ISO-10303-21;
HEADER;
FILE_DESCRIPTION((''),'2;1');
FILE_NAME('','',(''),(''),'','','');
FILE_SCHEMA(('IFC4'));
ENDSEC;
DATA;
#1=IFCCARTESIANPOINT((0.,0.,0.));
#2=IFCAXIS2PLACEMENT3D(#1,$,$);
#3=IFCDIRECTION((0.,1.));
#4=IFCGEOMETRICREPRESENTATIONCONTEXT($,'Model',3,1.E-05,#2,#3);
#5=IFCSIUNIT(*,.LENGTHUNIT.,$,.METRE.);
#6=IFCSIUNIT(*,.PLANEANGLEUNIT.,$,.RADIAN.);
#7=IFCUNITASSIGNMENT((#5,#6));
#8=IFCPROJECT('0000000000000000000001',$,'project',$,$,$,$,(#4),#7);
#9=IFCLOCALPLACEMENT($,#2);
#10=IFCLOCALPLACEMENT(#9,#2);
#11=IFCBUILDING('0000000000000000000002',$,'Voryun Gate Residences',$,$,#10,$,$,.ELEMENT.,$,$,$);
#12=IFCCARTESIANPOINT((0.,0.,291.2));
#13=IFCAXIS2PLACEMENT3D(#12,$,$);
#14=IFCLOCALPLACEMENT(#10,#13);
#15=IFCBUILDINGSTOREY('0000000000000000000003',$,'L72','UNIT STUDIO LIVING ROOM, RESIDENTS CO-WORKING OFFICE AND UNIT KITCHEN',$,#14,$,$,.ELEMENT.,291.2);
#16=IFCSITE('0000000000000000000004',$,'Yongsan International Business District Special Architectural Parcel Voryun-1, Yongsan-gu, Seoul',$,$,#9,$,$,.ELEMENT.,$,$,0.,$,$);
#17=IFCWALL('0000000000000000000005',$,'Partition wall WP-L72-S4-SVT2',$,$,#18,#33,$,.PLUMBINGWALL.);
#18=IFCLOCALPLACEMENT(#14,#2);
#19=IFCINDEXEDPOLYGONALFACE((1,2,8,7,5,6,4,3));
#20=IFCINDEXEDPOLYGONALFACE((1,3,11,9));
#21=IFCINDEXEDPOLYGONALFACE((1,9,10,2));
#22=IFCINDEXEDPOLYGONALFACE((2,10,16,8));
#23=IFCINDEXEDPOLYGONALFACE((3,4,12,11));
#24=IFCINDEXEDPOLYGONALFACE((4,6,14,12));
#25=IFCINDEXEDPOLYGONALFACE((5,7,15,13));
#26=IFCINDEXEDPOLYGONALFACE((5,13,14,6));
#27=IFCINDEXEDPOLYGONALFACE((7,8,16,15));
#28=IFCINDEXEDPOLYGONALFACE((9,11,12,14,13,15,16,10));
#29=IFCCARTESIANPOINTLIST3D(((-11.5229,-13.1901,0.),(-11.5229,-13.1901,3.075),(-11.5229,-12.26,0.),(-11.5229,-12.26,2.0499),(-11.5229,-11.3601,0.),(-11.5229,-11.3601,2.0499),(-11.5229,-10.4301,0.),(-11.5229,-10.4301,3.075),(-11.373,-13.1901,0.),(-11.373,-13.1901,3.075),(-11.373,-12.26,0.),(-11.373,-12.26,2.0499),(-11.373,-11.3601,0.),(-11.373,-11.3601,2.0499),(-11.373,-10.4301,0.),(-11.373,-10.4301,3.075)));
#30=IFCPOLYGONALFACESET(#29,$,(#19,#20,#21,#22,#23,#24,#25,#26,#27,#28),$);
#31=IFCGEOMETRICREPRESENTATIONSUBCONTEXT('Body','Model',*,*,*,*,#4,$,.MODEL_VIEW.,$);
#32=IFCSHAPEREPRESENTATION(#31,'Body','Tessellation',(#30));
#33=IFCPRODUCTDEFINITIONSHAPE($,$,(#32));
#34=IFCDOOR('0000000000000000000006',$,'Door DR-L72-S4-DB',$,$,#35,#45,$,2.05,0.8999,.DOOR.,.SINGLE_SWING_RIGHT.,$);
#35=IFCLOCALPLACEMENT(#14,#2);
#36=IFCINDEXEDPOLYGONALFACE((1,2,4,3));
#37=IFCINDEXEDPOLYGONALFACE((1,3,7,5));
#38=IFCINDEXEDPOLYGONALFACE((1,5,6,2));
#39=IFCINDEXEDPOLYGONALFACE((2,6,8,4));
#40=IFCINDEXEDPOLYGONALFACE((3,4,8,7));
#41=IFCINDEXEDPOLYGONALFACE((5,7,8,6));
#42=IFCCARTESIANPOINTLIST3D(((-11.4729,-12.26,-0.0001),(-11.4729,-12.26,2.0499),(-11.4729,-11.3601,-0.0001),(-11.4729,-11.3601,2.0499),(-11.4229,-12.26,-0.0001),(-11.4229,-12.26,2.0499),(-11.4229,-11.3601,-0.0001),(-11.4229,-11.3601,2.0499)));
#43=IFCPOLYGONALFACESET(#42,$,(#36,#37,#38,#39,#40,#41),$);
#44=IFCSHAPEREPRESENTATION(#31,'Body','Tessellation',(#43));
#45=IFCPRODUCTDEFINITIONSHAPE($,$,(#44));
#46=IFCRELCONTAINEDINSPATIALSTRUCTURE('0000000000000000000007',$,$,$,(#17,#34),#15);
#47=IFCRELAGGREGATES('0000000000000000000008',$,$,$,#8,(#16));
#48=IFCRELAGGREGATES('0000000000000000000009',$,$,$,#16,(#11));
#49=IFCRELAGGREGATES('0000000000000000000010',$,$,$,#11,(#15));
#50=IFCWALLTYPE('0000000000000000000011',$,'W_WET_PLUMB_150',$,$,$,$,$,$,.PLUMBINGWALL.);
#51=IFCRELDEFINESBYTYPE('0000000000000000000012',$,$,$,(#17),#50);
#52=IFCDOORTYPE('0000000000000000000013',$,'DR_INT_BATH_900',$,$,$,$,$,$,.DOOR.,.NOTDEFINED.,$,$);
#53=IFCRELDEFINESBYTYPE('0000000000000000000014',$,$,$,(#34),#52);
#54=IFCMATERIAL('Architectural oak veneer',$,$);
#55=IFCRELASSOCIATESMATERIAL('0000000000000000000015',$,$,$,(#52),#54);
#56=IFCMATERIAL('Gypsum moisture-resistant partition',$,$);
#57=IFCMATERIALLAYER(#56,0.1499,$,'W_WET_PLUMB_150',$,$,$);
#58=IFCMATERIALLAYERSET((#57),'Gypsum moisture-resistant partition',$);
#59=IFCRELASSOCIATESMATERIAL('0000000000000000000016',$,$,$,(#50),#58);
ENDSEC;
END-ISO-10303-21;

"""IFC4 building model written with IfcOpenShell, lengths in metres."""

from ifc_helpers import new_model, si_unit, direction, frame, frame_2d, origin, place, context, subcontext, project, spatial, rectangle, extrude, material, layer, layer_set, type_object, element, fill, save


model = new_model("IFC4")

# Units and contexts
model_context = context("Model", 3, precision=1e-05, world=origin(), true_north=direction((0.0, 1.0)))
body_context = subcontext(model_context, "Body", "Model", "MODEL_VIEW")
ifc_project = project(units=[si_unit("LENGTHUNIT", "METRE"), si_unit("PLANEANGLEUNIT", "RADIAN")], contexts=[model_context])

# Site, building, storey
site_placement = place(None, origin())
site = spatial("IfcSite", under=ifc_project, at=site_placement, Name="Yongsan International Business District Special Architectural Parcel Voryun-1, Yongsan-gu, Seoul", CompositionType="ELEMENT", RefElevation=0.0)
building_placement = place(site_placement, origin())
building = spatial("IfcBuilding", under=site, at=building_placement, Name="Voryun Gate Residences", CompositionType="ELEMENT")
storey_placement = place(building_placement, frame((0.0, 0.0, 291.2)))
storey = spatial("IfcBuildingStorey", under=building, at=storey_placement, Name="L72", Description="UNIT STUDIO LIVING ROOM, RESIDENTS CO-WORKING OFFICE AND UNIT KITCHEN", CompositionType="ELEMENT", Elevation=291.2)

# Shared definitions
ifc_material_1 = material(Name="Architectural oak veneer")
door_type_1 = type_object("IfcDoorType", Name="DR_INT_BATH_900", OperationType="NOTDEFINED", PredefinedType="DOOR", material=ifc_material_1)

# Shared definitions
ifc_material_2 = material(Name="Gypsum moisture-resistant partition")
ifc_layer_1 = layer(ifc_material_2, 0.1499, Name="W_WET_PLUMB_150")
ifc_layer_set_1 = layer_set([ifc_layer_1], Name="Gypsum moisture-resistant partition")
wall_type_1 = type_object("IfcWallType", Name="W_WET_PLUMB_150", PredefinedType="PLUMBINGWALL", material=ifc_layer_set_1)

# Wall, opening, door
wall_1_placement = place(storey_placement, frame((-11.448, -13.1899, 0.0), z_axis=(0.0, 0.0, 1.0), x_axis=(0.0, 1.0, 0.0)))
wall_1 = element("IfcWall", 1, at=wall_1_placement, inside=storey, type_object=wall_type_1, Name="Partition wall WP-L72-S4-SVT2", PredefinedType="PLUMBINGWALL", context=body_context, shape_type="SweptSolid", body=[
    extrude(rectangle(XDim=2.76, YDim=0.1499, at=frame_2d((1.3799, 0.0))), origin(), (0.0, 0.0, 1.0), 3.075),
])
opening_1_placement = place(wall_1_placement, frame((0.9299, 0.0, 0.0)))
opening_1 = element("IfcOpeningElement", 2, at=opening_1_placement, cuts=wall_1, PredefinedType="OPENING", context=body_context, shape_type="SweptSolid", body=[
    extrude(rectangle(XDim=0.8999, YDim=2.05, at=frame_2d((0.45, 1.0249))), frame((0.0, 0.085, 0.0), z_axis=(0.0, -1.0, 0.0), x_axis=(1.0, 0.0, 0.0)), (0.0, 0.0, 1.0), 0.1699),
])
door_1_placement = place(opening_1_placement, origin())
door_1 = element("IfcDoor", 3, at=door_1_placement, inside=storey, type_object=door_type_1, Name="Door DR-L72-S4-DB", OperationType="SINGLE_SWING_RIGHT", OverallHeight=2.05, OverallWidth=0.8999, PredefinedType="DOOR", context=body_context, shape_type="SweptSolid", body=[
    extrude(rectangle(XDim=0.8999, YDim=2.05, at=frame_2d((0.45, 1.0249))), frame((0.0, 0.0249, 0.0), z_axis=(0.0, -1.0, 0.0), x_axis=(1.0, 0.0, 0.0)), (0.0, 0.0, 1.0), 0.05),
])
fill(opening_1, door_1)

save(model, "model.ifc")
